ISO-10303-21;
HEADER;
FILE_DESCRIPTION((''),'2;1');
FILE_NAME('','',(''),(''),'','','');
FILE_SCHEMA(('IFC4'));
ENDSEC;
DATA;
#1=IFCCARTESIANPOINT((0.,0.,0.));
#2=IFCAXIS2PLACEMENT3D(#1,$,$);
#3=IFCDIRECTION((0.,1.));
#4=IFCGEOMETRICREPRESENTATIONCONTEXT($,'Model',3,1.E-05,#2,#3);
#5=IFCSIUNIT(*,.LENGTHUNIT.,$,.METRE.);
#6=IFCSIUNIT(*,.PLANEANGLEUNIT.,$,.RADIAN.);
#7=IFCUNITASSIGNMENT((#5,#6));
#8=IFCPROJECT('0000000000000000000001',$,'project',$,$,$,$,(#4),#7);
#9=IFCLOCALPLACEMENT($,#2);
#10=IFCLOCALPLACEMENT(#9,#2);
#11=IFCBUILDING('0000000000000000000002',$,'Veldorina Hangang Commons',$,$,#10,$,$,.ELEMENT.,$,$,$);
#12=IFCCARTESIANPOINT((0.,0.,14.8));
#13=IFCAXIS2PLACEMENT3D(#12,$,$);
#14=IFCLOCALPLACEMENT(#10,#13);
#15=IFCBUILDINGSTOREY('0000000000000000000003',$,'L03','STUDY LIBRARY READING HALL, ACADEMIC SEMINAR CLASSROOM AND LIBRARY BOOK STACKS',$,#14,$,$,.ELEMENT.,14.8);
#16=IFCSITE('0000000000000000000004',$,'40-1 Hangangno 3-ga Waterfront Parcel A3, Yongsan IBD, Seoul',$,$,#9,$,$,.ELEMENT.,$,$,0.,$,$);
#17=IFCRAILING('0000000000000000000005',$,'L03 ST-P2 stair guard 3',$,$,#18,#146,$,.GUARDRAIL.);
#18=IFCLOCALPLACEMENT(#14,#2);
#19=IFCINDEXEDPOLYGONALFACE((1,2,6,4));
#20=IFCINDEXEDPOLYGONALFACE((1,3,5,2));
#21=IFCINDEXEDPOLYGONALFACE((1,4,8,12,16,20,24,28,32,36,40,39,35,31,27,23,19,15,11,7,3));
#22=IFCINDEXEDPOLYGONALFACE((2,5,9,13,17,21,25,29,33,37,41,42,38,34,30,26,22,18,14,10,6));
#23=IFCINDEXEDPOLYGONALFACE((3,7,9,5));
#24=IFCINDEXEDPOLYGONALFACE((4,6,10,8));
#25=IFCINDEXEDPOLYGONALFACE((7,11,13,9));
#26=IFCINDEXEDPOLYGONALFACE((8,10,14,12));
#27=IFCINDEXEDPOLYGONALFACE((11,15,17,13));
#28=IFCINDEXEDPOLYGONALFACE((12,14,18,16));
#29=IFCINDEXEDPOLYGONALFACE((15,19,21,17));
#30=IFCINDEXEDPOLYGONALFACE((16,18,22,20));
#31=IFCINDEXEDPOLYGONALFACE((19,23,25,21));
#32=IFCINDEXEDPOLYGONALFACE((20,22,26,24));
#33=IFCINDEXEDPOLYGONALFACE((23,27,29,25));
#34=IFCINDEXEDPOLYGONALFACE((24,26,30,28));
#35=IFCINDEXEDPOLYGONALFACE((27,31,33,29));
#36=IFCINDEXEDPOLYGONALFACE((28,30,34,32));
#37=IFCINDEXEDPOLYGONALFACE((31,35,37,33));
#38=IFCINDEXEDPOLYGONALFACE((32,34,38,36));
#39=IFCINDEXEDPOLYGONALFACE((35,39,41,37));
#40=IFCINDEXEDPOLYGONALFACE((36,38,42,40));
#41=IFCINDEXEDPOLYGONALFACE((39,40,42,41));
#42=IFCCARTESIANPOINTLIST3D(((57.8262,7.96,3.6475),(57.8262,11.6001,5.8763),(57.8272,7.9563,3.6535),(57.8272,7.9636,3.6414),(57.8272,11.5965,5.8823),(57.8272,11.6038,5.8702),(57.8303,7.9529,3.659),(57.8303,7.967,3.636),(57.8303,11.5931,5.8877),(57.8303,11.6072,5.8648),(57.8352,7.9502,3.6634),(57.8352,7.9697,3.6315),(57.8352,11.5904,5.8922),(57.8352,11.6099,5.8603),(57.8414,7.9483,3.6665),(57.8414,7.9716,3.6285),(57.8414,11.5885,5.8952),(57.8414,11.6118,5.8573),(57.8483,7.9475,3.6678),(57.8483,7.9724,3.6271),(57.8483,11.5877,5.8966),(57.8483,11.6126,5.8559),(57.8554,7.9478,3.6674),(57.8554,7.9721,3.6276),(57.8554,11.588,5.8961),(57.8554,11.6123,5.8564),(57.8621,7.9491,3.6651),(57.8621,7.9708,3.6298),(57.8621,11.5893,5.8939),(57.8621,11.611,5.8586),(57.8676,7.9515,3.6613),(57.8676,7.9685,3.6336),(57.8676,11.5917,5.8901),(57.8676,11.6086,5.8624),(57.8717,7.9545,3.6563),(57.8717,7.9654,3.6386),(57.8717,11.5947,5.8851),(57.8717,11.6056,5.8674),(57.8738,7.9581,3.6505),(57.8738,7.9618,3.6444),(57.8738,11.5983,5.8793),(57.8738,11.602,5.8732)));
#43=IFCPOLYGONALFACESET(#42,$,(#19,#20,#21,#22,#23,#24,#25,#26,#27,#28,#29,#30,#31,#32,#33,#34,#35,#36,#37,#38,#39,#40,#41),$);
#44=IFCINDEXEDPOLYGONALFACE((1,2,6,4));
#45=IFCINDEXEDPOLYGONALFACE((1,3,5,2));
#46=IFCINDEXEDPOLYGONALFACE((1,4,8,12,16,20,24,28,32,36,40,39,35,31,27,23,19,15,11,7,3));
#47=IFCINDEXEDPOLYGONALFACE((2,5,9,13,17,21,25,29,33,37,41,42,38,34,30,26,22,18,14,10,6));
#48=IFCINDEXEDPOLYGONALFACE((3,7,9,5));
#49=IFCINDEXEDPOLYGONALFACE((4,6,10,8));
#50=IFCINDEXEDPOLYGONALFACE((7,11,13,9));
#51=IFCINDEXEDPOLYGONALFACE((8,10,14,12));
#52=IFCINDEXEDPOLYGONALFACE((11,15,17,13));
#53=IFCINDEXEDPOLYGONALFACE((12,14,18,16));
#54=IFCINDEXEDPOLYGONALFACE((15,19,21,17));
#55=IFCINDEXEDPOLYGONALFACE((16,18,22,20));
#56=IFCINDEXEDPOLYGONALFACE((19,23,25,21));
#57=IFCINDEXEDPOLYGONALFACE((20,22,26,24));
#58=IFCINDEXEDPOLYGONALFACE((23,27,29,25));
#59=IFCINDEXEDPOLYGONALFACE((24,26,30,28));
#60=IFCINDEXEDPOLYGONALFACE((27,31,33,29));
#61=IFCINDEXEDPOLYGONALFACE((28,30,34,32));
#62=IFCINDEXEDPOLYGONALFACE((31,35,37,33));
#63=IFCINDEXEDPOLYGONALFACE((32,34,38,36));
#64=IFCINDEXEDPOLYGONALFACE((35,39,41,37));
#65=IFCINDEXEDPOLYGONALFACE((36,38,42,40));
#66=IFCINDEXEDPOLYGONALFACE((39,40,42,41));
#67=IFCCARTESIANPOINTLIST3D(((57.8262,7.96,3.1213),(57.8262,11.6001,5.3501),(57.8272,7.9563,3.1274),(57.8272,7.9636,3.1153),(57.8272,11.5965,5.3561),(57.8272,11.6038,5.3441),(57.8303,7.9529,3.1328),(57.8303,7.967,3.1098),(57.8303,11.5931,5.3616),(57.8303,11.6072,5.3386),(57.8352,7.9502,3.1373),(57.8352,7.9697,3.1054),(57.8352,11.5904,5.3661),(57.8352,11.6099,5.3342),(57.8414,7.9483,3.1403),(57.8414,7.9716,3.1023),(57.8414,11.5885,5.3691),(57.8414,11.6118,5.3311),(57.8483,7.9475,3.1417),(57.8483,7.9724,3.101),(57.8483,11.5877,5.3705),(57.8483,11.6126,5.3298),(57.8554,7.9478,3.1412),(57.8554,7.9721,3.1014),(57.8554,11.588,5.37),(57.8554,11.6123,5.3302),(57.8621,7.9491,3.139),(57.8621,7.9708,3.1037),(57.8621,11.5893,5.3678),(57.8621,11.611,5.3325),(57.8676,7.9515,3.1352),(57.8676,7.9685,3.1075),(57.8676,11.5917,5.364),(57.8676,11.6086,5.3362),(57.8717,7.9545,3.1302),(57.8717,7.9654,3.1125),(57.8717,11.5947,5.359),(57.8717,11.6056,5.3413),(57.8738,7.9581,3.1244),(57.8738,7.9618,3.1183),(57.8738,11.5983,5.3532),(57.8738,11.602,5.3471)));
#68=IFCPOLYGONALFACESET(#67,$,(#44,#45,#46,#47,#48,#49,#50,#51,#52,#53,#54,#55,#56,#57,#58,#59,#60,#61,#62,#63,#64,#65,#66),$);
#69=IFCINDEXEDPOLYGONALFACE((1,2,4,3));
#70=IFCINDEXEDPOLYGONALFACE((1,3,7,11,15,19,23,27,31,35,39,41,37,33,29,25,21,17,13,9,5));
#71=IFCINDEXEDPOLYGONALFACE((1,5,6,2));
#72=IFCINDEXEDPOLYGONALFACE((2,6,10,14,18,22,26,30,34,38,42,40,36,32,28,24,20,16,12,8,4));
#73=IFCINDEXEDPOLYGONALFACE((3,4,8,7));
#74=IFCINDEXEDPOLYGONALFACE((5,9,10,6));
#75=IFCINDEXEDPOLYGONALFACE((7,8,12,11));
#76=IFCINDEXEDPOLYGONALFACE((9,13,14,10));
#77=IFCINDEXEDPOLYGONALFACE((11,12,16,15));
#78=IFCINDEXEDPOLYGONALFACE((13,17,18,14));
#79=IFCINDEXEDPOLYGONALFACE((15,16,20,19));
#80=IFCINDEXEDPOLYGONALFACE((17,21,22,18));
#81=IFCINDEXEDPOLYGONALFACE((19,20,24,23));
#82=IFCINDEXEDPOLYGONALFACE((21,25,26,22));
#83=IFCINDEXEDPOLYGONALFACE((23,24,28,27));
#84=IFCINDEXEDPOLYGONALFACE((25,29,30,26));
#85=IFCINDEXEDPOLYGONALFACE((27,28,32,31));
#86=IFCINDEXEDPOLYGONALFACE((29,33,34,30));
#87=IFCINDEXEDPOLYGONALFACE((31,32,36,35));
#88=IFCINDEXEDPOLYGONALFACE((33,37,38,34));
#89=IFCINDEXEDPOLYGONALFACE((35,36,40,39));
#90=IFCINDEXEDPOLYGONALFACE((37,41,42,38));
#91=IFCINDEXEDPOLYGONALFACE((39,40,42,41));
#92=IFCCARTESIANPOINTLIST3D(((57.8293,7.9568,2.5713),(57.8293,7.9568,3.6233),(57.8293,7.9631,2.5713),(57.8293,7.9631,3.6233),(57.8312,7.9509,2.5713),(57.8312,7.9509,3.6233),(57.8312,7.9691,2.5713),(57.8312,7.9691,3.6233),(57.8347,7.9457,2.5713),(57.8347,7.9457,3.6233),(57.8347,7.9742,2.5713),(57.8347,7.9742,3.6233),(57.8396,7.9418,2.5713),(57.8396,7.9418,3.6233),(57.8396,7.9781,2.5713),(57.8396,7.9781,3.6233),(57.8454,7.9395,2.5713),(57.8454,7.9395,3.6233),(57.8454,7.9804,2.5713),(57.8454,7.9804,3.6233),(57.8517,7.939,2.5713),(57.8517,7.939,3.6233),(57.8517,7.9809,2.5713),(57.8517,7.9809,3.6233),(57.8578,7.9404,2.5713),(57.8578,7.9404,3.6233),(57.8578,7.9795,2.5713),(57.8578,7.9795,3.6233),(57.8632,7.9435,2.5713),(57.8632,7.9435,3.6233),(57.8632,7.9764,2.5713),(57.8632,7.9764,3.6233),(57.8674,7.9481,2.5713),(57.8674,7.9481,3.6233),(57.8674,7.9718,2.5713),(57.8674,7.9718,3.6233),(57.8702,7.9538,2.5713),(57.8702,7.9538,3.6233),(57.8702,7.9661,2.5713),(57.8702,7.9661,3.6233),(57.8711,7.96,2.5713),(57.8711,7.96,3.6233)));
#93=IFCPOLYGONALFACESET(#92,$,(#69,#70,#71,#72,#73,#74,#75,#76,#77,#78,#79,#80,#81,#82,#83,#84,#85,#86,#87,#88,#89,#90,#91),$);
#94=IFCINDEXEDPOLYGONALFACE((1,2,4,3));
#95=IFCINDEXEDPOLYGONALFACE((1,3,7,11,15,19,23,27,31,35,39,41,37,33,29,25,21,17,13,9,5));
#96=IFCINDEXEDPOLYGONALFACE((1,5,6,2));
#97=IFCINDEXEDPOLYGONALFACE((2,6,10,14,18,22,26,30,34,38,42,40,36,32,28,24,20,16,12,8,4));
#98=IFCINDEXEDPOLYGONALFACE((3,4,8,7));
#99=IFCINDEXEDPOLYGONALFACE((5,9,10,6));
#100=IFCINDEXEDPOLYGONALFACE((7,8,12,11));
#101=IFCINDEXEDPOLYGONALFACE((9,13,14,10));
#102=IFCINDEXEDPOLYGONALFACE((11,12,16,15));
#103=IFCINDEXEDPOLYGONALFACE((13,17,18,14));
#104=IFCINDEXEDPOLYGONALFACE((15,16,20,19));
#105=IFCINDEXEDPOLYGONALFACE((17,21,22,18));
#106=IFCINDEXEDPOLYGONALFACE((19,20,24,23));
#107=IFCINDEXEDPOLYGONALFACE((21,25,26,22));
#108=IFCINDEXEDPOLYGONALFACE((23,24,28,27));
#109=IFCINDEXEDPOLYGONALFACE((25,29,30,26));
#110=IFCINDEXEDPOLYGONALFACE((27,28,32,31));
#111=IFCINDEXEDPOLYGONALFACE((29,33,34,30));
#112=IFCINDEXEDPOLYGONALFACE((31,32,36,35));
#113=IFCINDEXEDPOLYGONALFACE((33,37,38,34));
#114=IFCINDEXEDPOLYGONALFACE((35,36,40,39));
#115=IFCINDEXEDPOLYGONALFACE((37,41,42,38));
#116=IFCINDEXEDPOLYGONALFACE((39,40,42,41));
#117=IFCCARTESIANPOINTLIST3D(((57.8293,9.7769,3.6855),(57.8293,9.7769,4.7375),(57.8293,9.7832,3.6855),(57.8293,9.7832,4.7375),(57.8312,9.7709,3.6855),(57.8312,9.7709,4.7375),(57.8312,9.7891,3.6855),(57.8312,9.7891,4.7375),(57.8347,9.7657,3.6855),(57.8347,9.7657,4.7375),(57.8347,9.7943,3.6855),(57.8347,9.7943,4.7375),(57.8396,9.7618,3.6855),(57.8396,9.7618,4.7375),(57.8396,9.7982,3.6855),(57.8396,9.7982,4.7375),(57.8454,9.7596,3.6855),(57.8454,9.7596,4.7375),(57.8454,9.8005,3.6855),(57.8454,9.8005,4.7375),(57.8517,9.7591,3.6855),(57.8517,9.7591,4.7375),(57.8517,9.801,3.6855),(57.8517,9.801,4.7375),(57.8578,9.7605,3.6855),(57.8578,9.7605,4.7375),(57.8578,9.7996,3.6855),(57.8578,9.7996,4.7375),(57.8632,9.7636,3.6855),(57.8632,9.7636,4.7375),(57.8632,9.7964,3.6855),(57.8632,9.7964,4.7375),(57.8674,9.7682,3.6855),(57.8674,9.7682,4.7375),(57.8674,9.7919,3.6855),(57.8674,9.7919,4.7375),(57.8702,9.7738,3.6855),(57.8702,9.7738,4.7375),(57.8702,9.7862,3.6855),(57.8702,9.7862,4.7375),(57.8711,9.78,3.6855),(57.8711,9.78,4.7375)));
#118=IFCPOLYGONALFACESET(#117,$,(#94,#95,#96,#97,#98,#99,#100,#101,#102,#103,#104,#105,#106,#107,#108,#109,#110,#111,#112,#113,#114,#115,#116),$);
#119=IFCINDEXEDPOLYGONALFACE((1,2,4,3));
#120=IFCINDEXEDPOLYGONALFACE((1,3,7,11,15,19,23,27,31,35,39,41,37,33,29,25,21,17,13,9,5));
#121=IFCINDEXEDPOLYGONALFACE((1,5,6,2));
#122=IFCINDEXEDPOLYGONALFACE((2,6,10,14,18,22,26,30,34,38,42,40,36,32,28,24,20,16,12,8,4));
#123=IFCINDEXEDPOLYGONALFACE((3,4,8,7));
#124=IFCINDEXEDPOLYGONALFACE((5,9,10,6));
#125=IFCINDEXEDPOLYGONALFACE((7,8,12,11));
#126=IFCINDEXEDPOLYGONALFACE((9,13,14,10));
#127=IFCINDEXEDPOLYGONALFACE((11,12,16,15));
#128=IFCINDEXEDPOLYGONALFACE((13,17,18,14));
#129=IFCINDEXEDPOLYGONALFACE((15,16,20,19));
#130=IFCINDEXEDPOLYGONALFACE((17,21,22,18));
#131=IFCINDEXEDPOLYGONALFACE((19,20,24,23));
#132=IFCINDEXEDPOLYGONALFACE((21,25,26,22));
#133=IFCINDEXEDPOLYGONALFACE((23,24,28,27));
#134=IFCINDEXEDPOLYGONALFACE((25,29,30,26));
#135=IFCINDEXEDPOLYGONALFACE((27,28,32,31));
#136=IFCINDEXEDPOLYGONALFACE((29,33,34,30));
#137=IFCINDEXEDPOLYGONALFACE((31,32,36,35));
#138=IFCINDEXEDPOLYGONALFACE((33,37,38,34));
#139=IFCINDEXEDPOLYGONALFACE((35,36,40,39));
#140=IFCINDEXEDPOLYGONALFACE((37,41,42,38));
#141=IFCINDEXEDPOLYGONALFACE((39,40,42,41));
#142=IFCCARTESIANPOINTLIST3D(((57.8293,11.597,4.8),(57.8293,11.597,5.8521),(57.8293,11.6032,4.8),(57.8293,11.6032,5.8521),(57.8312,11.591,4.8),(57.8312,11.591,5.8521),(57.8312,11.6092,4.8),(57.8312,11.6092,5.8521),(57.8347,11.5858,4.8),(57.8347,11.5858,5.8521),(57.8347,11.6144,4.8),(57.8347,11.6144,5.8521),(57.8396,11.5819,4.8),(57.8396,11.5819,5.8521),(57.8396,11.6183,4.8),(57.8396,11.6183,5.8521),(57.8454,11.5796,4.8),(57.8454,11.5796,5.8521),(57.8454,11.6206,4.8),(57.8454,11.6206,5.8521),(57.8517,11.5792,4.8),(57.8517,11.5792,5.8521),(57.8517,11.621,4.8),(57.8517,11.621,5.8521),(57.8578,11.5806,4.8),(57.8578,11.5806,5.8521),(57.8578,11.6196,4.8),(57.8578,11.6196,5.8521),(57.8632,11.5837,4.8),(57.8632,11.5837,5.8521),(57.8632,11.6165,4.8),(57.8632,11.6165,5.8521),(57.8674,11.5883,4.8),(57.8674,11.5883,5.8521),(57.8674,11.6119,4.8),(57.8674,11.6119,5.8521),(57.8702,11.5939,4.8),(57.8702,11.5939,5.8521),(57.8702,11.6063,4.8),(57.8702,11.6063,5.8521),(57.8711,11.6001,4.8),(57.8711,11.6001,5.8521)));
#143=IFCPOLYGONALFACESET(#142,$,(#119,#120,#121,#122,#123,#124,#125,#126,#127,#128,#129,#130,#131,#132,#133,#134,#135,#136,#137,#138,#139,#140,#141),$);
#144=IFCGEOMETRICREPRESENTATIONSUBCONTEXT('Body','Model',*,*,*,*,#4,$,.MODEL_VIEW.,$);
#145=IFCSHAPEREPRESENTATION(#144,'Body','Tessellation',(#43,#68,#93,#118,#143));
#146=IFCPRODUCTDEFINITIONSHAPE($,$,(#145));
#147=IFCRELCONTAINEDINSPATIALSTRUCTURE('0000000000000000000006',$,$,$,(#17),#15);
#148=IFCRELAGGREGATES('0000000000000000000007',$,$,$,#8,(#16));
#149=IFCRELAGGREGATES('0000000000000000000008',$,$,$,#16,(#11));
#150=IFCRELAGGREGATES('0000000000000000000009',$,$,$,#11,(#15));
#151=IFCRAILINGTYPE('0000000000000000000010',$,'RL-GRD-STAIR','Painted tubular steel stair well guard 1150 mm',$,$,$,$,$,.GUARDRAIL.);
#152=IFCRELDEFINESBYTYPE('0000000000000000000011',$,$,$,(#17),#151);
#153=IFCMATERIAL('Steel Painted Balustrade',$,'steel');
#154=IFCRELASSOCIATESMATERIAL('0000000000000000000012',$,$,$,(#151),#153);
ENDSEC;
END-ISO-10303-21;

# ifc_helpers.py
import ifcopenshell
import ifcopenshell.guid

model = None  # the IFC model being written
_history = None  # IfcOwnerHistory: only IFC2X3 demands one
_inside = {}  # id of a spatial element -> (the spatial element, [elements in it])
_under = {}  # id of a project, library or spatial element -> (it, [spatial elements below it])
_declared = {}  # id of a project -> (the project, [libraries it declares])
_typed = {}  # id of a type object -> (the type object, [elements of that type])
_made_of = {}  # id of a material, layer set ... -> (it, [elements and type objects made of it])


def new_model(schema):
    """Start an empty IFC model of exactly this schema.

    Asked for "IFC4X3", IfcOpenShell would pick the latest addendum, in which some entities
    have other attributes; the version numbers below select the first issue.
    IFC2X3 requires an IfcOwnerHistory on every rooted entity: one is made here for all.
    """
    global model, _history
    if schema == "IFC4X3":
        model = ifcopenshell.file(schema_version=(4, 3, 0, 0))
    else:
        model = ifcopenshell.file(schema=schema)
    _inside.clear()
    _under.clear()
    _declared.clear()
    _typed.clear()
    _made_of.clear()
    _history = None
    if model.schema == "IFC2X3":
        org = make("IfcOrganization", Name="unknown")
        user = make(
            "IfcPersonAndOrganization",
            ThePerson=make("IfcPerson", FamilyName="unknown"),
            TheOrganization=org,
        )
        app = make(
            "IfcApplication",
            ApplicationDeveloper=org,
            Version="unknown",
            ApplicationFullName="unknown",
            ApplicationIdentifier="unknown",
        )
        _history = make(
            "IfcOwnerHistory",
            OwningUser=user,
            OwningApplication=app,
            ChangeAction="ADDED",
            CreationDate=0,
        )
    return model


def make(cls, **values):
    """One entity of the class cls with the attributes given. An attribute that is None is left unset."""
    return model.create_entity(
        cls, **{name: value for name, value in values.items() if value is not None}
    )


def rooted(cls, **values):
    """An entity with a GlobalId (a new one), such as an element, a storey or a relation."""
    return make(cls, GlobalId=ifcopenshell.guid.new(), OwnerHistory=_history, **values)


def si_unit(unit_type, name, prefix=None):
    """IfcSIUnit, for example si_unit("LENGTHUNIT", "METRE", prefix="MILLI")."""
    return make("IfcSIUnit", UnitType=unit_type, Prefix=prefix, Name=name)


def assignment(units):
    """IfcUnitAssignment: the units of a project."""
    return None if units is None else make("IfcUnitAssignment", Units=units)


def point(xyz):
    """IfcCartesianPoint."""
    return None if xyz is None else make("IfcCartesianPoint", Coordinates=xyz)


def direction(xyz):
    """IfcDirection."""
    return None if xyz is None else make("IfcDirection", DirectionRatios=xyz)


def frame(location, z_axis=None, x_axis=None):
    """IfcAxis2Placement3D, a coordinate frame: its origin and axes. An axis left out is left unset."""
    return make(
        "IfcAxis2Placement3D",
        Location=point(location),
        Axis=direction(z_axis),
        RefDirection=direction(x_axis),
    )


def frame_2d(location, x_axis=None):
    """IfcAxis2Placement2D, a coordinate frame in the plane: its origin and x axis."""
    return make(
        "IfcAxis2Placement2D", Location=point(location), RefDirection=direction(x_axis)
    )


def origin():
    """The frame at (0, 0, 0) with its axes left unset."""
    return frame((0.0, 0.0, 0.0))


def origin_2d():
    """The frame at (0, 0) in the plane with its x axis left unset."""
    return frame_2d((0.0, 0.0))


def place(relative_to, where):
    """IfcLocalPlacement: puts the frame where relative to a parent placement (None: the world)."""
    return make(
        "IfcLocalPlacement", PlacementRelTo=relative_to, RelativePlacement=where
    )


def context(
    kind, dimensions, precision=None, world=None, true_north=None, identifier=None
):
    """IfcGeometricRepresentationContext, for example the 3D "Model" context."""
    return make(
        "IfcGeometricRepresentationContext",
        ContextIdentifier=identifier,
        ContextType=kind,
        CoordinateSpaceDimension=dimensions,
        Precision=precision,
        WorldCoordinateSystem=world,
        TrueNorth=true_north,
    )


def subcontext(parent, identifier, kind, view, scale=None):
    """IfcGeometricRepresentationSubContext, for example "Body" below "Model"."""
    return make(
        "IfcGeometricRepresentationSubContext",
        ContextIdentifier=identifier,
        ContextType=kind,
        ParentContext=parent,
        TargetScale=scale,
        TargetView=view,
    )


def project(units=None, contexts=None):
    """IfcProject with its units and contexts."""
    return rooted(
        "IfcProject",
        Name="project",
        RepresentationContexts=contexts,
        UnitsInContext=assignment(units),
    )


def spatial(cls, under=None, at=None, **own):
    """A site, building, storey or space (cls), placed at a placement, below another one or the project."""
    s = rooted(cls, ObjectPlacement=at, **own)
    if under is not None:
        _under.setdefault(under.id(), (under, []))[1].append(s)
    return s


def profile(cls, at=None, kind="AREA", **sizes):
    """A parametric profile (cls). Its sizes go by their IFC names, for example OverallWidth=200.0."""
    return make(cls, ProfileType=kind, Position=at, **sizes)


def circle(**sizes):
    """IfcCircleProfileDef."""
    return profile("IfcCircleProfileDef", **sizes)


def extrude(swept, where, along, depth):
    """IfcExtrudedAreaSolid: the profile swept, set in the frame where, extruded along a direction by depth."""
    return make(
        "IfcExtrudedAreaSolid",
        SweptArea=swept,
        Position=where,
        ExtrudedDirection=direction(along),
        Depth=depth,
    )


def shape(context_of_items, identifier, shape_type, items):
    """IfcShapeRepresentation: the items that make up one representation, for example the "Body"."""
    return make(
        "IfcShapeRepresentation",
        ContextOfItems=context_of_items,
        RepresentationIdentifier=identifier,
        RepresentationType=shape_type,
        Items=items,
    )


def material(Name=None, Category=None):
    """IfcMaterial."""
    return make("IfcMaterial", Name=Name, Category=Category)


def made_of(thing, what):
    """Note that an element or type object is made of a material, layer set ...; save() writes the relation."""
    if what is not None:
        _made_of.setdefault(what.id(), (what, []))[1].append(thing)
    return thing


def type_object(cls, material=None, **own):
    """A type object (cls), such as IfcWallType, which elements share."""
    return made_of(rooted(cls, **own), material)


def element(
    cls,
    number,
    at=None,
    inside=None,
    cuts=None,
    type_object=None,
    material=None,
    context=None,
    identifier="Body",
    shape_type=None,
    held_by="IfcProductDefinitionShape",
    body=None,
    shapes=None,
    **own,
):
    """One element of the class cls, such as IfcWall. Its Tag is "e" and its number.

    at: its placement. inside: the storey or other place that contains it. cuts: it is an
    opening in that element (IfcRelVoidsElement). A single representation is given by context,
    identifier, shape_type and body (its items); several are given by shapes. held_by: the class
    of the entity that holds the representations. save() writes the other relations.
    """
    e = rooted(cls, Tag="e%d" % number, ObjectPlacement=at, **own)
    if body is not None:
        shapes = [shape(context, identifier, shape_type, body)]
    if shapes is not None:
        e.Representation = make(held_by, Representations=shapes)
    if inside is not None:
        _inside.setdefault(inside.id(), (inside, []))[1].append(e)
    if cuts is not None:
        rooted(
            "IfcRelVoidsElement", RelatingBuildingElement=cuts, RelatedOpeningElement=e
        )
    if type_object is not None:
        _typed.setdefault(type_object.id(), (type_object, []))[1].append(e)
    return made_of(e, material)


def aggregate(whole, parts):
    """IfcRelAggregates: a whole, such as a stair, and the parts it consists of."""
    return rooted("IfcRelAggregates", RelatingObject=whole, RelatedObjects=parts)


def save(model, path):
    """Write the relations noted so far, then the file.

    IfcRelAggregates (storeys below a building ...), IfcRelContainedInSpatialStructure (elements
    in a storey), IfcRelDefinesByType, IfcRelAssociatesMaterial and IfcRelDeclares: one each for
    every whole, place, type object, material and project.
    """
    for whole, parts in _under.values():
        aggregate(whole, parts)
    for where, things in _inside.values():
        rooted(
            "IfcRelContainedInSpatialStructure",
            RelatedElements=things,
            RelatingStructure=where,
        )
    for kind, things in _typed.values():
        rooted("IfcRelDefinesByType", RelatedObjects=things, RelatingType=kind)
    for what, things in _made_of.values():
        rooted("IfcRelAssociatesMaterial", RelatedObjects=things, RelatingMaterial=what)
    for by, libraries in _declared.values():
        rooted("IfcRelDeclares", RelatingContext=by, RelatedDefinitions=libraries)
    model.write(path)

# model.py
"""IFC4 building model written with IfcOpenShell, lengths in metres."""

from ifc_helpers import new_model, si_unit, direction, frame, origin, origin_2d, place, context, subcontext, project, spatial, circle, extrude, material, type_object, element, save


model = new_model("IFC4")

# Units and contexts
model_context = context("Model", 3, precision=1e-05, world=origin(), true_north=direction((0.0, 1.0)))
body_context = subcontext(model_context, "Body", "Model", "MODEL_VIEW")
ifc_project = project(units=[si_unit("LENGTHUNIT", "METRE"), si_unit("PLANEANGLEUNIT", "RADIAN")], contexts=[model_context])

# Site, building, storey
site_placement = place(None, origin())
site = spatial("IfcSite", under=ifc_project, at=site_placement, Name="40-1 Hangangno 3-ga Waterfront Parcel A3, Yongsan IBD, Seoul", CompositionType="ELEMENT", RefElevation=0.0)
building_placement = place(site_placement, origin())
building = spatial("IfcBuilding", under=site, at=building_placement, Name="Veldorina Hangang Commons", CompositionType="ELEMENT")
storey_placement = place(building_placement, frame((0.0, 0.0, 14.8)))
storey = spatial("IfcBuildingStorey", under=building, at=storey_placement, Name="L03", Description="STUDY LIBRARY READING HALL, ACADEMIC SEMINAR CLASSROOM AND LIBRARY BOOK STACKS", CompositionType="ELEMENT", Elevation=14.8)

# Railing
ifc_material_1 = material(Name="Steel Painted Balustrade", Category="steel")
railing_type_1 = type_object("IfcRailingType", Name="RL-GRD-STAIR", Description="Painted tubular steel stair well guard 1150 mm", PredefinedType="GUARDRAIL", material=ifc_material_1)
railing_1_placement = place(storey_placement, frame((57.8501, 7.96, 2.5713)))
element("IfcRailing", 1, at=railing_1_placement, inside=storey, type_object=railing_type_1, Name="L03 ST-P2 stair guard 3", PredefinedType="GUARDRAIL", context=body_context, shape_type="SweptSolid", body=[
    extrude(circle(Radius=0.0239, at=origin_2d()), frame((0.0, 0.0, 1.0762), z_axis=(0.0, 0.85284, 0.522172), x_axis=(-1.0, 0.0, 0.0)), (0.0, 0.0, 1.0), 4.2683),
    extrude(circle(Radius=0.0239, at=origin_2d()), frame((0.0, 0.0, 0.55), z_axis=(0.0, 0.85284, 0.522172), x_axis=(-1.0, 0.0, 0.0)), (0.0, 0.0, 1.0), 4.2683),
    extrude(circle(Radius=0.021, at=origin_2d()), origin(), (0.0, 0.0, 1.0), 1.052),
    extrude(circle(Radius=0.021, at=origin_2d()), frame((0.0, 1.8201, 1.1143)), (0.0, 0.0, 1.0), 1.052),
    extrude(circle(Radius=0.021, at=origin_2d()), frame((0.0, 3.6401, 2.2288)), (0.0, 0.0, 1.0), 1.052),
])

save(model, "model.ifc")
